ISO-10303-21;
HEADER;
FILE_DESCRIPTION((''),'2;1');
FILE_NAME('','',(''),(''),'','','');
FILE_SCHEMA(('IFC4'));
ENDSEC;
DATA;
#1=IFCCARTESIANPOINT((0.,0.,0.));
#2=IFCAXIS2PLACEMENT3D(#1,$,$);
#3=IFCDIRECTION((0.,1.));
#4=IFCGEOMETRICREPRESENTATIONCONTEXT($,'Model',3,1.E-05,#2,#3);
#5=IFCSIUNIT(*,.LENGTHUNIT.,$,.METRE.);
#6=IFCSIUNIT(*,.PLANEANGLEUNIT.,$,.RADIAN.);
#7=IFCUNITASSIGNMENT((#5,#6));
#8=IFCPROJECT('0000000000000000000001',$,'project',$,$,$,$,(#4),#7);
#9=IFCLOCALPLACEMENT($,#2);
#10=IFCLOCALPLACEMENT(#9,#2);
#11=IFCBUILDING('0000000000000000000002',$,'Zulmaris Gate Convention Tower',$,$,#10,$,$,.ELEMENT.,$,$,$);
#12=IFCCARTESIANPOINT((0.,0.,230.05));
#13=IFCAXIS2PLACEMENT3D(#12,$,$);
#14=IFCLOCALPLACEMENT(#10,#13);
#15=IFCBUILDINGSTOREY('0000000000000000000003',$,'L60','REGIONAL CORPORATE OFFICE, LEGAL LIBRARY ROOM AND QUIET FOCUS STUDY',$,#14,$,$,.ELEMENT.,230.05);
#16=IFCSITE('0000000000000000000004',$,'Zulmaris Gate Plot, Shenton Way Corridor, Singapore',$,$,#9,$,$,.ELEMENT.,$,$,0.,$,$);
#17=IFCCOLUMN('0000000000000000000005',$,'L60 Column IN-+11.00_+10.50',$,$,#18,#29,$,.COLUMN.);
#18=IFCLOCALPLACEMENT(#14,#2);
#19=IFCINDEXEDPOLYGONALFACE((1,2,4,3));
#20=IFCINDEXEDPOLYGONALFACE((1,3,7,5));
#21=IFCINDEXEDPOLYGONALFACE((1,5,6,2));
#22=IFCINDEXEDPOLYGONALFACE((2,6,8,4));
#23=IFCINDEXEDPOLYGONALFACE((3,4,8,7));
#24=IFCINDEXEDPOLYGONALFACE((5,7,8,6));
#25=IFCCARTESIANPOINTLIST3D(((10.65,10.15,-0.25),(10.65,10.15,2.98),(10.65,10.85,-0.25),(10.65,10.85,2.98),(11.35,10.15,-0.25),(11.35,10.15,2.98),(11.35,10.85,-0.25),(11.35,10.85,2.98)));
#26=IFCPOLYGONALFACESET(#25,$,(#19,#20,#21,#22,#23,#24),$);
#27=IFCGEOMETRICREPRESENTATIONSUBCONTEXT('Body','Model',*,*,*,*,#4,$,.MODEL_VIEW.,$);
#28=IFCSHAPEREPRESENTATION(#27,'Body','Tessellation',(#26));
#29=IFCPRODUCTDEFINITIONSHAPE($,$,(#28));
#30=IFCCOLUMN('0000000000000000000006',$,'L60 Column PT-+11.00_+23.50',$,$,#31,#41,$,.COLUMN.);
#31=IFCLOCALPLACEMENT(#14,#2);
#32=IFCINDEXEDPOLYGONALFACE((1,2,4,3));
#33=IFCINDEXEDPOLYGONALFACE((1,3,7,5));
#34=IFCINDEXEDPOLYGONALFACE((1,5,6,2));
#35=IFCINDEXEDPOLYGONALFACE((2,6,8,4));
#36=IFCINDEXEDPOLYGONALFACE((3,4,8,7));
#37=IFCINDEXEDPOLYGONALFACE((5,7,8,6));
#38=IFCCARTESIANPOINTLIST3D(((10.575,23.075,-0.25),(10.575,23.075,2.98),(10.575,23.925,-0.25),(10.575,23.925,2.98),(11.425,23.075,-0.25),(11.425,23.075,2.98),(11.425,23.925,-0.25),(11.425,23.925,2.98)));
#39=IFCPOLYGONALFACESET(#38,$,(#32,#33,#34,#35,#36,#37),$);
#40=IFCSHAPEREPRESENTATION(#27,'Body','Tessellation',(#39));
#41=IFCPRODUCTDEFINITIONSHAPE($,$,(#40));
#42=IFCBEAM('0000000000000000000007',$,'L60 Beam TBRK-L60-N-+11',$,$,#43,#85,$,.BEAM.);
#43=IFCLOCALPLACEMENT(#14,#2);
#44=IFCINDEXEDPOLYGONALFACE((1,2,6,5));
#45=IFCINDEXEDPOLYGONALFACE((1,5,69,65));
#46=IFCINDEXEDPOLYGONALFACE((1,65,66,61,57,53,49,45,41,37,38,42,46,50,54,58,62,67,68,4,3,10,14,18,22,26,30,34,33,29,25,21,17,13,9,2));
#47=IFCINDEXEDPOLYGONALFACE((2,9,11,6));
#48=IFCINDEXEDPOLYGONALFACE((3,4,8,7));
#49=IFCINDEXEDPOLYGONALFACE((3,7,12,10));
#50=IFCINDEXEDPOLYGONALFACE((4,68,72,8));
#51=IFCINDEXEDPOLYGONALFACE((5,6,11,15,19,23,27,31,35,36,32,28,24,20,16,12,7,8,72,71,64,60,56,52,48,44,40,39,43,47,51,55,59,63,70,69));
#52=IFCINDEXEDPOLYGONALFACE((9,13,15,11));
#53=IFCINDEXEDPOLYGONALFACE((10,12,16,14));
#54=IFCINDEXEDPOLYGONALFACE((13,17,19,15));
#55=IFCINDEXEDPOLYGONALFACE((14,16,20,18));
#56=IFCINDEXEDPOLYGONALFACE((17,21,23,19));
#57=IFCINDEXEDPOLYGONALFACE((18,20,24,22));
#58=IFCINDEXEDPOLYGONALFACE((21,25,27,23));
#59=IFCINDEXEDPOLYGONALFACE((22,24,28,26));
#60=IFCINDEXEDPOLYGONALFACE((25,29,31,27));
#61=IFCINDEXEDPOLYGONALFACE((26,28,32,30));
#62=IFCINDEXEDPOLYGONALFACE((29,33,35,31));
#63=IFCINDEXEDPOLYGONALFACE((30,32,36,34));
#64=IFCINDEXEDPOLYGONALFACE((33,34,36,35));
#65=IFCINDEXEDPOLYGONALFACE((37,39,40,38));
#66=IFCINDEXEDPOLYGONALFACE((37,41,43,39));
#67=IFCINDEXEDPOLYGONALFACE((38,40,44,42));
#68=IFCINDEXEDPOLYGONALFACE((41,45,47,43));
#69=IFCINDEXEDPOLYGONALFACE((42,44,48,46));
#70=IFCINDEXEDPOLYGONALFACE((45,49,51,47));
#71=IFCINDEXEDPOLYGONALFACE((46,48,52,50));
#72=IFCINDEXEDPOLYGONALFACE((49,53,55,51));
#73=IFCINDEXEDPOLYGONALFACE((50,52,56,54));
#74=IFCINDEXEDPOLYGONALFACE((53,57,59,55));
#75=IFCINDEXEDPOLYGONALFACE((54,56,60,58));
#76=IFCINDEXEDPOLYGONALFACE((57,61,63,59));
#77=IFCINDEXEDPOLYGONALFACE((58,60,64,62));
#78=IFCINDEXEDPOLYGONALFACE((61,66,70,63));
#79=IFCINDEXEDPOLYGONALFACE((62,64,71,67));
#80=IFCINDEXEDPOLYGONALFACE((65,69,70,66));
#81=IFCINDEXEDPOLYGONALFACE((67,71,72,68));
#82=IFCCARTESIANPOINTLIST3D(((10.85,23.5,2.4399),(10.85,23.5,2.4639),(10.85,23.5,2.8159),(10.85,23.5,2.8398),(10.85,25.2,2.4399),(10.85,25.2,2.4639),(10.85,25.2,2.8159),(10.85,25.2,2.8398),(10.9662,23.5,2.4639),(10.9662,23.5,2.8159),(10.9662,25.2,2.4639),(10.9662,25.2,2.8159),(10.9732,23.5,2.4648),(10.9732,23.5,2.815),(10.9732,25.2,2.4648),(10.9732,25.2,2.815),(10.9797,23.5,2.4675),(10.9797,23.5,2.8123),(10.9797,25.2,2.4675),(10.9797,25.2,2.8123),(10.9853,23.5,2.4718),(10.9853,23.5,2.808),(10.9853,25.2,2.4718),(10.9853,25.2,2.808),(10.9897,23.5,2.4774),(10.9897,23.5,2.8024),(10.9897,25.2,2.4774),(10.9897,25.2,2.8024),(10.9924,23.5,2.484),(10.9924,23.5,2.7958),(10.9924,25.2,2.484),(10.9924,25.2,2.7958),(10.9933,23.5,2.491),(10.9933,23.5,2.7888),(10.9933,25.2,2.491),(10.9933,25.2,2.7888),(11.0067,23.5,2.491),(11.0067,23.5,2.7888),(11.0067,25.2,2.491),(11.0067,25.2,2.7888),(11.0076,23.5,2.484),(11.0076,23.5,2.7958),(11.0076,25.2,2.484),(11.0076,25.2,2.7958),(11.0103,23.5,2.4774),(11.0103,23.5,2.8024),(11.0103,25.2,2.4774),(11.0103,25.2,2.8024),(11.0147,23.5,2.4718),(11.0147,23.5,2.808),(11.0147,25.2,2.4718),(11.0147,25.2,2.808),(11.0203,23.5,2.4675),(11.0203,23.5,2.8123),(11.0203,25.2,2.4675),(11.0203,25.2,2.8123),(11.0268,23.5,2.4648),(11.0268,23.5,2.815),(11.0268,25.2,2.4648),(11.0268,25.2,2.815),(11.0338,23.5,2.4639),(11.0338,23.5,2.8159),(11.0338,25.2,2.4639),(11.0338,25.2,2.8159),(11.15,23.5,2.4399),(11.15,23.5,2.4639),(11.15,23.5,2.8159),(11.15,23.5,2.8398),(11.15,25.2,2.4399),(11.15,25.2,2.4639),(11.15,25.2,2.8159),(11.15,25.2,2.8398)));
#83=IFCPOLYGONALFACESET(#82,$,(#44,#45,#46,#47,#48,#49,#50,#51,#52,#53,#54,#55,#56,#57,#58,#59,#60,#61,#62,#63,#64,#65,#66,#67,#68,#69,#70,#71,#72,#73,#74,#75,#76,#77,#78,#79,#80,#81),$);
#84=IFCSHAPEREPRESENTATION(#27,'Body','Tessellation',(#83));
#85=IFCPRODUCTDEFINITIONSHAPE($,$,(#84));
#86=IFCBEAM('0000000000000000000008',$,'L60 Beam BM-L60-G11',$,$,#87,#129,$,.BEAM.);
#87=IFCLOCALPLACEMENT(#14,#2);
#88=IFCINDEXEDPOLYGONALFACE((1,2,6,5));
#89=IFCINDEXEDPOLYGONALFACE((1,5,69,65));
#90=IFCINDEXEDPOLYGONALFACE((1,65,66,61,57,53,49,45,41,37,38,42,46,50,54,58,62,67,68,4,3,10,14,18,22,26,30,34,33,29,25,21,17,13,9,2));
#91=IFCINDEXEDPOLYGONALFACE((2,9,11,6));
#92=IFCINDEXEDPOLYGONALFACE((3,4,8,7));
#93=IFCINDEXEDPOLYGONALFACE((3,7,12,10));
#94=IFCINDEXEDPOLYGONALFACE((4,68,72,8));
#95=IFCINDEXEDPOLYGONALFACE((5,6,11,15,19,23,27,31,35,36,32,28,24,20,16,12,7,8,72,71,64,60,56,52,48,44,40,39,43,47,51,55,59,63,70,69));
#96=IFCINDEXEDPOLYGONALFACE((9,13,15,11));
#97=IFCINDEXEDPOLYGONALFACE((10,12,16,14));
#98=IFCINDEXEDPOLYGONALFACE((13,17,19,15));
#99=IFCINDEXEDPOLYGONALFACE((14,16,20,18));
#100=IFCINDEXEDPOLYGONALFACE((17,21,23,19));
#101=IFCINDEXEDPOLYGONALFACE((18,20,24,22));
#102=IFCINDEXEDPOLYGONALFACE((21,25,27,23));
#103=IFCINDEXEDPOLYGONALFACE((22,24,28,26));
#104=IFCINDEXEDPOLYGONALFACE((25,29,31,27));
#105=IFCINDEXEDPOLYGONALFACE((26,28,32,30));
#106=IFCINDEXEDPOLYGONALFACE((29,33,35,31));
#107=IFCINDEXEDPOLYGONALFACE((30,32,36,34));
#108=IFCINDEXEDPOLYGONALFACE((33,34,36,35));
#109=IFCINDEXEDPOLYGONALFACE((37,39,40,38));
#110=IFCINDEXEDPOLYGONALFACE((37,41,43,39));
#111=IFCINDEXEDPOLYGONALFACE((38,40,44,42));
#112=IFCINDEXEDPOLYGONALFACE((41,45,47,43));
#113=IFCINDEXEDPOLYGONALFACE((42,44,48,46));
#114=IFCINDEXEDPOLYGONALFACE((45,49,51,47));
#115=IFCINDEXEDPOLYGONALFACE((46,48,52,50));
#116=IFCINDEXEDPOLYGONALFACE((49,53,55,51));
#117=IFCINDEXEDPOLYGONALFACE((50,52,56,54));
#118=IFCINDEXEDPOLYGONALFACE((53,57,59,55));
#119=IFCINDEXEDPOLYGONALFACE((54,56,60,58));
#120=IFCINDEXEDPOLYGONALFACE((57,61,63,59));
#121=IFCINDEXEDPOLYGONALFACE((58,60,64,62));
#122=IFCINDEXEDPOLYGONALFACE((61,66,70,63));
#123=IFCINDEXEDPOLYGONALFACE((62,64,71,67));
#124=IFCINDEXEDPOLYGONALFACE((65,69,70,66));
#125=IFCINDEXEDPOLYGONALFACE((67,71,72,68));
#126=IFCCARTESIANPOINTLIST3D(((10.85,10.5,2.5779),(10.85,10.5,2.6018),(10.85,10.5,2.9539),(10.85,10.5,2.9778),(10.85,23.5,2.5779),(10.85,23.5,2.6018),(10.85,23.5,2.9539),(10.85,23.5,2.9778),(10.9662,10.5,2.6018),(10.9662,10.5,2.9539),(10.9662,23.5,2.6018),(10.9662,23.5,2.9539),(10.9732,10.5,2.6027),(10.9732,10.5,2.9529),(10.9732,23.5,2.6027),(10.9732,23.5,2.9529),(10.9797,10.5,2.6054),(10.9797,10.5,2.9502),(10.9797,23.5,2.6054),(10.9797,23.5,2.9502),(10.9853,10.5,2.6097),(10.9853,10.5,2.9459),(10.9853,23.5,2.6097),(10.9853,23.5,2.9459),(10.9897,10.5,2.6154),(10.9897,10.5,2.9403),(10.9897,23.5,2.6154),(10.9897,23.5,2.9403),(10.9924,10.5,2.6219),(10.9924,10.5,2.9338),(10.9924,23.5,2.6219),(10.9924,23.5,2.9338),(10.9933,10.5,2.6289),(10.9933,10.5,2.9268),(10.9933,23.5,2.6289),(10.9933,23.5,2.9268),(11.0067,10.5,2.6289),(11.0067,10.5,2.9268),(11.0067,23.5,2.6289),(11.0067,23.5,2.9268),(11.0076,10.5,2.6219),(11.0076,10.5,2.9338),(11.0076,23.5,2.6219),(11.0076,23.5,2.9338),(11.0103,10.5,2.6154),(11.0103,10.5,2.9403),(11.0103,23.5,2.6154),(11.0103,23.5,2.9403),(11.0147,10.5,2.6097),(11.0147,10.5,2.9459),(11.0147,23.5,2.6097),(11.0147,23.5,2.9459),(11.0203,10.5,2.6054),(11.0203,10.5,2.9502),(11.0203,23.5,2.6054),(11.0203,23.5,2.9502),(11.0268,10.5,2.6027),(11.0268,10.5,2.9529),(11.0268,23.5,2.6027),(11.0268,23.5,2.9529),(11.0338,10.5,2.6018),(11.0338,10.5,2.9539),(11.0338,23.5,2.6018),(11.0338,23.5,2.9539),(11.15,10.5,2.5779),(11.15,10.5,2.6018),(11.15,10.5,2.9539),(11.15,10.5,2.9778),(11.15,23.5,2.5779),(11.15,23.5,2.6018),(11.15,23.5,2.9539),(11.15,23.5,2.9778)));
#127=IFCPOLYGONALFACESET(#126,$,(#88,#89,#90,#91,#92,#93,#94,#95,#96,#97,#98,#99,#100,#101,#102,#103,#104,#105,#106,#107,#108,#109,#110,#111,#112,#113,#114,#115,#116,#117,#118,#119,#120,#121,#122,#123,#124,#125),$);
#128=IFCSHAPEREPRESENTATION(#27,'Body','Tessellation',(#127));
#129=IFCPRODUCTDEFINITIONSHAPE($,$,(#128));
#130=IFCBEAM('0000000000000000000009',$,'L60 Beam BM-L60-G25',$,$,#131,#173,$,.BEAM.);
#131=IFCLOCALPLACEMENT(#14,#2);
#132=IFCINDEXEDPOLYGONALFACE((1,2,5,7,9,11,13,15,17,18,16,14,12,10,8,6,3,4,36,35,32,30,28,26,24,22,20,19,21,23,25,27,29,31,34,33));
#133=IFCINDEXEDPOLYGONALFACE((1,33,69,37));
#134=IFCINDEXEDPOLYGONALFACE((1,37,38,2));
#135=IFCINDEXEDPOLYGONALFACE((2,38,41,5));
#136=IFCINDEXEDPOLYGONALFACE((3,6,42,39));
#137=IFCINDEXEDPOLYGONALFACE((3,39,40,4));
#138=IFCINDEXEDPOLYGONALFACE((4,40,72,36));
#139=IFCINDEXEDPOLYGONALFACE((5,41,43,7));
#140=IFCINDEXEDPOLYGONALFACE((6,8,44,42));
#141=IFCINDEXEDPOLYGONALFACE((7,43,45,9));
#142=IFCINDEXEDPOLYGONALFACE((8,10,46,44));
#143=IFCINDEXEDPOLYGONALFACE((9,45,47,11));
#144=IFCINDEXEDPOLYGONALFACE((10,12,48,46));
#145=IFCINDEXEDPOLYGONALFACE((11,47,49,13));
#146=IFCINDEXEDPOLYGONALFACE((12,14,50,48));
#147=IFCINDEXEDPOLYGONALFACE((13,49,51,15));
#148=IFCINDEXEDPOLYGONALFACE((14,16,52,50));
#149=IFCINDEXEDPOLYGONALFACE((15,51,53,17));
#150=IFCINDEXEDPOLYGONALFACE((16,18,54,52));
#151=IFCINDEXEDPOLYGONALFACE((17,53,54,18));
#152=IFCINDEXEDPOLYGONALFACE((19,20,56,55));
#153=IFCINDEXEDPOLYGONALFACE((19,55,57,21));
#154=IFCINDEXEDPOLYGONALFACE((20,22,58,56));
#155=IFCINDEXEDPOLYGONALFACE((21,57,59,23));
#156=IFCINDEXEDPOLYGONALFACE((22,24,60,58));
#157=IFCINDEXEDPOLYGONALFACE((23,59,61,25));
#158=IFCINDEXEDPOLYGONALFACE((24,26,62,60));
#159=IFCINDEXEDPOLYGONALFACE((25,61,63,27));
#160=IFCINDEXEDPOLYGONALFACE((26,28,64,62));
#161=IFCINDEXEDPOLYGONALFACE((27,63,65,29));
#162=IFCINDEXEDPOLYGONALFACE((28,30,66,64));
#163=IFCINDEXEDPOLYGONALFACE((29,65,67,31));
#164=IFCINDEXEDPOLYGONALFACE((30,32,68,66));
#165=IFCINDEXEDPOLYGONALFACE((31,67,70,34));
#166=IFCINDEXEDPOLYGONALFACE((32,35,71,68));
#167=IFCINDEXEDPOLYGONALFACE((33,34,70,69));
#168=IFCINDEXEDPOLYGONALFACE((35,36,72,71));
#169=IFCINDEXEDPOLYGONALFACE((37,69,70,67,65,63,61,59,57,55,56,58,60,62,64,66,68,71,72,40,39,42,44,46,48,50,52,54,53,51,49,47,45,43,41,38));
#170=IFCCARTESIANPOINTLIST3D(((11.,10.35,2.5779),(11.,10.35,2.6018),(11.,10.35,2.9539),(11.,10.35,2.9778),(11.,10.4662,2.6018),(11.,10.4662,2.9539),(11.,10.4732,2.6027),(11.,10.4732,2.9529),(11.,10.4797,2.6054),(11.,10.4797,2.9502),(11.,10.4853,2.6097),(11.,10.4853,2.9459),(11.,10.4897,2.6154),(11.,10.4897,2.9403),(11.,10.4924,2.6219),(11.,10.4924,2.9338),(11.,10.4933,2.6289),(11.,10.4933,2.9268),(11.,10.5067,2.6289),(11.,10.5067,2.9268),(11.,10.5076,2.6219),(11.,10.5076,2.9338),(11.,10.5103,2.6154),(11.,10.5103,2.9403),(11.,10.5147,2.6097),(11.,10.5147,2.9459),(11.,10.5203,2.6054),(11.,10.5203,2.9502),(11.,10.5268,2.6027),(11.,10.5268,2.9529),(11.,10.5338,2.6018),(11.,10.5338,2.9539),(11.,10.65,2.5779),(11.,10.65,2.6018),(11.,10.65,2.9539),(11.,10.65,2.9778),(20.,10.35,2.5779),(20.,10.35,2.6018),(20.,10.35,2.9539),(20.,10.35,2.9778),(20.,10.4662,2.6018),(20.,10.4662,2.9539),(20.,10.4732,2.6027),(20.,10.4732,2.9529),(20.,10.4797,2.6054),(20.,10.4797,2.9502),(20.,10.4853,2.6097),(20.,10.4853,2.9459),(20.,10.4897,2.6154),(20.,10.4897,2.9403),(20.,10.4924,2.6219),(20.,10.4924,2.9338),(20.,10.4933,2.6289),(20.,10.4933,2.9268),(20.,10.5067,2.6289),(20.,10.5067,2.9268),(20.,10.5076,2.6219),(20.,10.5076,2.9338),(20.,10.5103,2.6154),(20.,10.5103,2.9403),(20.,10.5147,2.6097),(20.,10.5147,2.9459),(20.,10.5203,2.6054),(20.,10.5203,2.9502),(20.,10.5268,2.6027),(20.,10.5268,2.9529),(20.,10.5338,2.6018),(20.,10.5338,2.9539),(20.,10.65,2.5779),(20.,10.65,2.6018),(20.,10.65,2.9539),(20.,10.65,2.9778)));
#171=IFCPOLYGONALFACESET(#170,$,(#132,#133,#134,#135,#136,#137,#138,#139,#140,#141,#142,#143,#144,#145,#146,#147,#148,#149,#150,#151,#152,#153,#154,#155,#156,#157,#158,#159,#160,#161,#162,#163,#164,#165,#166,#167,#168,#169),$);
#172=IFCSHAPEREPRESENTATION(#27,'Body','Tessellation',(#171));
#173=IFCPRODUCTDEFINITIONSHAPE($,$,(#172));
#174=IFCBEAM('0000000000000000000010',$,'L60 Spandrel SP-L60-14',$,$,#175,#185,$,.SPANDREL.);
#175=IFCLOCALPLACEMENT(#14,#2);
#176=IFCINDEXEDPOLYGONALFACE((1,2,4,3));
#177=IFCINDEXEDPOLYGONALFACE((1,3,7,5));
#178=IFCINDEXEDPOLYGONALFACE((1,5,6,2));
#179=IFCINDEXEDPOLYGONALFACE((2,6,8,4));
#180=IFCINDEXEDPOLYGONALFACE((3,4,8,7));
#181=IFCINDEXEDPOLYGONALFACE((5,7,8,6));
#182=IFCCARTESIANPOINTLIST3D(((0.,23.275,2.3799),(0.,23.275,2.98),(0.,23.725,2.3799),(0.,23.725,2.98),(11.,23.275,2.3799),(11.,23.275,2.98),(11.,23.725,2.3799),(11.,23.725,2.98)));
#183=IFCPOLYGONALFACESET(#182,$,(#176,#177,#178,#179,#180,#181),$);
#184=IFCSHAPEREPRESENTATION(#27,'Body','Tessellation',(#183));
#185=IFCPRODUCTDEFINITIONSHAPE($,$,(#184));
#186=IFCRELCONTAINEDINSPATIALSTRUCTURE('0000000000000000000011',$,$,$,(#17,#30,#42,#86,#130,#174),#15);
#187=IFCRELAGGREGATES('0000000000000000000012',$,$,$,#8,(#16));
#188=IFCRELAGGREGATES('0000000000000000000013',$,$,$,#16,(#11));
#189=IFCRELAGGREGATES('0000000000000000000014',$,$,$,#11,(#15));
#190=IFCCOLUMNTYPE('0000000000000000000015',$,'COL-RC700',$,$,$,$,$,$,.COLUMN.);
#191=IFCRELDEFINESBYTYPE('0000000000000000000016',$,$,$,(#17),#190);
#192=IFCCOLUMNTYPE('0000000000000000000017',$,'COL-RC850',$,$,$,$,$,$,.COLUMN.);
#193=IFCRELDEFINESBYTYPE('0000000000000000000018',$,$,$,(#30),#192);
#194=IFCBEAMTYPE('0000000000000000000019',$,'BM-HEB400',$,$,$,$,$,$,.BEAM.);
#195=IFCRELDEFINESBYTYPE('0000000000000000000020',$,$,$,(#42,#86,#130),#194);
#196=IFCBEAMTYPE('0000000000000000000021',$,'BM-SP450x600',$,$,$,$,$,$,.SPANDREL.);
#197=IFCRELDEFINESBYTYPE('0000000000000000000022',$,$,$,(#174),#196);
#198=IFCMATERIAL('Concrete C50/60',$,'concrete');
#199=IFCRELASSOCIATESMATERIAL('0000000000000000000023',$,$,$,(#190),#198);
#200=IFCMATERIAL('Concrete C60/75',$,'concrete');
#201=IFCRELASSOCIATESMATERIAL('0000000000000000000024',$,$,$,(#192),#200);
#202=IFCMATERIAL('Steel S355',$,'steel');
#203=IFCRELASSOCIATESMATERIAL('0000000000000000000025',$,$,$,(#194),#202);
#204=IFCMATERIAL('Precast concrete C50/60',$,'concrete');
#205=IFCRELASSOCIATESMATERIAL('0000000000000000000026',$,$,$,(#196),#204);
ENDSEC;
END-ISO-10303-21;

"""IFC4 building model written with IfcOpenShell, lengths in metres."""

from ifc_helpers import new_model, si_unit, direction, frame, origin, origin_2d, place, context, subcontext, project, spatial, rectangle, i_section, extrude, material, material_profile, profile_set, type_object, element, save


model = new_model("IFC4")

# Units and contexts
model_context = context("Model", 3, precision=1e-05, world=origin(), true_north=direction((0.0, 1.0)))
body_context = subcontext(model_context, "Body", "Model", "MODEL_VIEW")
ifc_project = project(units=[si_unit("LENGTHUNIT", "METRE"), si_unit("PLANEANGLEUNIT", "RADIAN")], contexts=[model_context])

# Site, building, storey
site_placement = place(None, origin())
site = spatial("IfcSite", under=ifc_project, at=site_placement, Name="Zulmaris Gate Plot, Shenton Way Corridor, Singapore", CompositionType="ELEMENT", RefElevation=0.0)
building_placement = place(site_placement, origin())
building = spatial("IfcBuilding", under=site, at=building_placement, Name="Zulmaris Gate Convention Tower", CompositionType="ELEMENT")
storey_placement = place(building_placement, frame((0.0, 0.0, 230.05)))
storey = spatial("IfcBuildingStorey", under=building, at=storey_placement, Name="L60", Description="REGIONAL CORPORATE OFFICE, LEGAL LIBRARY ROOM AND QUIET FOCUS STUDY", CompositionType="ELEMENT", Elevation=230.05)

# Columns
ifc_material_1 = material(Name="Concrete C50/60", Category="concrete")
ifc_material_profile_1 = material_profile(ifc_material_1, rectangle(XDim=0.7, YDim=0.7, at=origin_2d()), Name="RC COL 700x700")
ifc_profile_set_1 = profile_set([ifc_material_profile_1], Name="Concrete C50/60")
column_type_1 = type_object("IfcColumnType", Name="COL-RC700", PredefinedType="COLUMN", material=ifc_profile_set_1)
column_1_placement = place(storey_placement, frame((11.0, 10.5, -0.25), z_axis=(0.0, 0.0, 1.0), x_axis=(1.0, 0.0, 0.0)))
element("IfcColumn", 1, at=column_1_placement, inside=storey, type_object=column_type_1, Name="L60 Column IN-+11.00_+10.50", PredefinedType="COLUMN", context=body_context, shape_type="SweptSolid", body=[
    extrude(rectangle(XDim=0.7, YDim=0.7, at=origin_2d()), origin(), (0.0, 0.0, 1.0), 3.23),
])
ifc_material_2 = material(Name="Concrete C60/75", Category="concrete")
ifc_material_profile_2 = material_profile(ifc_material_2, rectangle(XDim=0.8501, YDim=0.8501, at=origin_2d()), Name="RC COL 850x850")
ifc_profile_set_2 = profile_set([ifc_material_profile_2], Name="Concrete C60/75")
column_type_2 = type_object("IfcColumnType", Name="COL-RC850", PredefinedType="COLUMN", material=ifc_profile_set_2)
column_2_placement = place(storey_placement, frame((11.0, 23.5, -0.25), z_axis=(0.0, 0.0, 1.0), x_axis=(1.0, 0.0, 0.0)))
element("IfcColumn", 2, at=column_2_placement, inside=storey, type_object=column_type_2, Name="L60 Column PT-+11.00_+23.50", PredefinedType="COLUMN", context=body_context, shape_type="SweptSolid", body=[
    extrude(rectangle(XDim=0.8501, YDim=0.8501, at=origin_2d()), origin(), (0.0, 0.0, 1.0), 3.23),
])

# Beams
ifc_material_3 = material(Name="Steel S355", Category="steel")
ifc_material_profile_3 = material_profile(ifc_material_3, i_section(OverallWidth=0.3, OverallDepth=0.3999, WebThickness=0.0134, FlangeThickness=0.0239, FilletRadius=0.0271, at=origin_2d()), Name="HEB 400")
ifc_profile_set_3 = profile_set([ifc_material_profile_3], Name="Steel S355")
beam_type_1 = type_object("IfcBeamType", Name="BM-HEB400", PredefinedType="BEAM", material=ifc_profile_set_3)
beam_1_placement = place(storey_placement, frame((11.0, 23.5, 2.6399), z_axis=(0.0, 1.0, 0.0), x_axis=(-1.0, 0.0, 0.0)))
element("IfcBeam", 3, at=beam_1_placement, inside=storey, type_object=beam_type_1, Name="L60 Beam TBRK-L60-N-+11", PredefinedType="BEAM", context=body_context, shape_type="SweptSolid", body=[
    extrude(i_section(OverallWidth=0.3, OverallDepth=0.3999, WebThickness=0.0134, FlangeThickness=0.0239, FilletRadius=0.0271, at=origin_2d()), origin(), (0.0, 0.0, 1.0), 1.7),
])
beam_2_placement = place(storey_placement, frame((11.0, 10.5, 2.7778), z_axis=(0.0, 1.0, 0.0), x_axis=(-1.0, 0.0, 0.0)))
element("IfcBeam", 4, at=beam_2_placement, inside=storey, type_object=beam_type_1, Name="L60 Beam BM-L60-G11", PredefinedType="BEAM", context=body_context, shape_type="SweptSolid", body=[
    extrude(i_section(OverallWidth=0.3, OverallDepth=0.3999, WebThickness=0.0134, FlangeThickness=0.0239, FilletRadius=0.0271, at=origin_2d()), origin(), (0.0, 0.0, 1.0), 13.0),
])
beam_3_placement = place(storey_placement, frame((11.0, 10.5, 2.7778), z_axis=(1.0, 0.0, 0.0), x_axis=(0.0, 1.0, 0.0)))
element("IfcBeam", 5, at=beam_3_placement, inside=storey, type_object=beam_type_1, Name="L60 Beam BM-L60-G25", PredefinedType="BEAM", context=body_context, shape_type="SweptSolid", body=[
    extrude(i_section(OverallWidth=0.3, OverallDepth=0.3999, WebThickness=0.0134, FlangeThickness=0.0239, FilletRadius=0.0271, at=origin_2d()), origin(), (0.0, 0.0, 1.0), 9.0),
])
ifc_material_4 = material(Name="Precast concrete C50/60", Category="concrete")
ifc_material_profile_4 = material_profile(ifc_material_4, rectangle(XDim=0.45, YDim=0.6001, at=origin_2d()), Name="RC SPANDREL 450x600")
ifc_profile_set_4 = profile_set([ifc_material_profile_4], Name="Precast concrete C50/60")
beam_type_2 = type_object("IfcBeamType", Name="BM-SP450x600", PredefinedType="SPANDREL", material=ifc_profile_set_4)
beam_4_placement = place(storey_placement, frame((11.0, 23.5, 2.6799), z_axis=(-1.0, 0.0, 0.0), x_axis=(0.0, -1.0, 0.0)))
element("IfcBeam", 6, at=beam_4_placement, inside=storey, type_object=beam_type_2, Name="L60 Spandrel SP-L60-14", PredefinedType="SPANDREL", context=body_context, shape_type="SweptSolid", body=[
    extrude(rectangle(XDim=0.45, YDim=0.6001, at=origin_2d()), origin(), (0.0, 0.0, 1.0), 11.0),
])

save(model, "model.ifc")
